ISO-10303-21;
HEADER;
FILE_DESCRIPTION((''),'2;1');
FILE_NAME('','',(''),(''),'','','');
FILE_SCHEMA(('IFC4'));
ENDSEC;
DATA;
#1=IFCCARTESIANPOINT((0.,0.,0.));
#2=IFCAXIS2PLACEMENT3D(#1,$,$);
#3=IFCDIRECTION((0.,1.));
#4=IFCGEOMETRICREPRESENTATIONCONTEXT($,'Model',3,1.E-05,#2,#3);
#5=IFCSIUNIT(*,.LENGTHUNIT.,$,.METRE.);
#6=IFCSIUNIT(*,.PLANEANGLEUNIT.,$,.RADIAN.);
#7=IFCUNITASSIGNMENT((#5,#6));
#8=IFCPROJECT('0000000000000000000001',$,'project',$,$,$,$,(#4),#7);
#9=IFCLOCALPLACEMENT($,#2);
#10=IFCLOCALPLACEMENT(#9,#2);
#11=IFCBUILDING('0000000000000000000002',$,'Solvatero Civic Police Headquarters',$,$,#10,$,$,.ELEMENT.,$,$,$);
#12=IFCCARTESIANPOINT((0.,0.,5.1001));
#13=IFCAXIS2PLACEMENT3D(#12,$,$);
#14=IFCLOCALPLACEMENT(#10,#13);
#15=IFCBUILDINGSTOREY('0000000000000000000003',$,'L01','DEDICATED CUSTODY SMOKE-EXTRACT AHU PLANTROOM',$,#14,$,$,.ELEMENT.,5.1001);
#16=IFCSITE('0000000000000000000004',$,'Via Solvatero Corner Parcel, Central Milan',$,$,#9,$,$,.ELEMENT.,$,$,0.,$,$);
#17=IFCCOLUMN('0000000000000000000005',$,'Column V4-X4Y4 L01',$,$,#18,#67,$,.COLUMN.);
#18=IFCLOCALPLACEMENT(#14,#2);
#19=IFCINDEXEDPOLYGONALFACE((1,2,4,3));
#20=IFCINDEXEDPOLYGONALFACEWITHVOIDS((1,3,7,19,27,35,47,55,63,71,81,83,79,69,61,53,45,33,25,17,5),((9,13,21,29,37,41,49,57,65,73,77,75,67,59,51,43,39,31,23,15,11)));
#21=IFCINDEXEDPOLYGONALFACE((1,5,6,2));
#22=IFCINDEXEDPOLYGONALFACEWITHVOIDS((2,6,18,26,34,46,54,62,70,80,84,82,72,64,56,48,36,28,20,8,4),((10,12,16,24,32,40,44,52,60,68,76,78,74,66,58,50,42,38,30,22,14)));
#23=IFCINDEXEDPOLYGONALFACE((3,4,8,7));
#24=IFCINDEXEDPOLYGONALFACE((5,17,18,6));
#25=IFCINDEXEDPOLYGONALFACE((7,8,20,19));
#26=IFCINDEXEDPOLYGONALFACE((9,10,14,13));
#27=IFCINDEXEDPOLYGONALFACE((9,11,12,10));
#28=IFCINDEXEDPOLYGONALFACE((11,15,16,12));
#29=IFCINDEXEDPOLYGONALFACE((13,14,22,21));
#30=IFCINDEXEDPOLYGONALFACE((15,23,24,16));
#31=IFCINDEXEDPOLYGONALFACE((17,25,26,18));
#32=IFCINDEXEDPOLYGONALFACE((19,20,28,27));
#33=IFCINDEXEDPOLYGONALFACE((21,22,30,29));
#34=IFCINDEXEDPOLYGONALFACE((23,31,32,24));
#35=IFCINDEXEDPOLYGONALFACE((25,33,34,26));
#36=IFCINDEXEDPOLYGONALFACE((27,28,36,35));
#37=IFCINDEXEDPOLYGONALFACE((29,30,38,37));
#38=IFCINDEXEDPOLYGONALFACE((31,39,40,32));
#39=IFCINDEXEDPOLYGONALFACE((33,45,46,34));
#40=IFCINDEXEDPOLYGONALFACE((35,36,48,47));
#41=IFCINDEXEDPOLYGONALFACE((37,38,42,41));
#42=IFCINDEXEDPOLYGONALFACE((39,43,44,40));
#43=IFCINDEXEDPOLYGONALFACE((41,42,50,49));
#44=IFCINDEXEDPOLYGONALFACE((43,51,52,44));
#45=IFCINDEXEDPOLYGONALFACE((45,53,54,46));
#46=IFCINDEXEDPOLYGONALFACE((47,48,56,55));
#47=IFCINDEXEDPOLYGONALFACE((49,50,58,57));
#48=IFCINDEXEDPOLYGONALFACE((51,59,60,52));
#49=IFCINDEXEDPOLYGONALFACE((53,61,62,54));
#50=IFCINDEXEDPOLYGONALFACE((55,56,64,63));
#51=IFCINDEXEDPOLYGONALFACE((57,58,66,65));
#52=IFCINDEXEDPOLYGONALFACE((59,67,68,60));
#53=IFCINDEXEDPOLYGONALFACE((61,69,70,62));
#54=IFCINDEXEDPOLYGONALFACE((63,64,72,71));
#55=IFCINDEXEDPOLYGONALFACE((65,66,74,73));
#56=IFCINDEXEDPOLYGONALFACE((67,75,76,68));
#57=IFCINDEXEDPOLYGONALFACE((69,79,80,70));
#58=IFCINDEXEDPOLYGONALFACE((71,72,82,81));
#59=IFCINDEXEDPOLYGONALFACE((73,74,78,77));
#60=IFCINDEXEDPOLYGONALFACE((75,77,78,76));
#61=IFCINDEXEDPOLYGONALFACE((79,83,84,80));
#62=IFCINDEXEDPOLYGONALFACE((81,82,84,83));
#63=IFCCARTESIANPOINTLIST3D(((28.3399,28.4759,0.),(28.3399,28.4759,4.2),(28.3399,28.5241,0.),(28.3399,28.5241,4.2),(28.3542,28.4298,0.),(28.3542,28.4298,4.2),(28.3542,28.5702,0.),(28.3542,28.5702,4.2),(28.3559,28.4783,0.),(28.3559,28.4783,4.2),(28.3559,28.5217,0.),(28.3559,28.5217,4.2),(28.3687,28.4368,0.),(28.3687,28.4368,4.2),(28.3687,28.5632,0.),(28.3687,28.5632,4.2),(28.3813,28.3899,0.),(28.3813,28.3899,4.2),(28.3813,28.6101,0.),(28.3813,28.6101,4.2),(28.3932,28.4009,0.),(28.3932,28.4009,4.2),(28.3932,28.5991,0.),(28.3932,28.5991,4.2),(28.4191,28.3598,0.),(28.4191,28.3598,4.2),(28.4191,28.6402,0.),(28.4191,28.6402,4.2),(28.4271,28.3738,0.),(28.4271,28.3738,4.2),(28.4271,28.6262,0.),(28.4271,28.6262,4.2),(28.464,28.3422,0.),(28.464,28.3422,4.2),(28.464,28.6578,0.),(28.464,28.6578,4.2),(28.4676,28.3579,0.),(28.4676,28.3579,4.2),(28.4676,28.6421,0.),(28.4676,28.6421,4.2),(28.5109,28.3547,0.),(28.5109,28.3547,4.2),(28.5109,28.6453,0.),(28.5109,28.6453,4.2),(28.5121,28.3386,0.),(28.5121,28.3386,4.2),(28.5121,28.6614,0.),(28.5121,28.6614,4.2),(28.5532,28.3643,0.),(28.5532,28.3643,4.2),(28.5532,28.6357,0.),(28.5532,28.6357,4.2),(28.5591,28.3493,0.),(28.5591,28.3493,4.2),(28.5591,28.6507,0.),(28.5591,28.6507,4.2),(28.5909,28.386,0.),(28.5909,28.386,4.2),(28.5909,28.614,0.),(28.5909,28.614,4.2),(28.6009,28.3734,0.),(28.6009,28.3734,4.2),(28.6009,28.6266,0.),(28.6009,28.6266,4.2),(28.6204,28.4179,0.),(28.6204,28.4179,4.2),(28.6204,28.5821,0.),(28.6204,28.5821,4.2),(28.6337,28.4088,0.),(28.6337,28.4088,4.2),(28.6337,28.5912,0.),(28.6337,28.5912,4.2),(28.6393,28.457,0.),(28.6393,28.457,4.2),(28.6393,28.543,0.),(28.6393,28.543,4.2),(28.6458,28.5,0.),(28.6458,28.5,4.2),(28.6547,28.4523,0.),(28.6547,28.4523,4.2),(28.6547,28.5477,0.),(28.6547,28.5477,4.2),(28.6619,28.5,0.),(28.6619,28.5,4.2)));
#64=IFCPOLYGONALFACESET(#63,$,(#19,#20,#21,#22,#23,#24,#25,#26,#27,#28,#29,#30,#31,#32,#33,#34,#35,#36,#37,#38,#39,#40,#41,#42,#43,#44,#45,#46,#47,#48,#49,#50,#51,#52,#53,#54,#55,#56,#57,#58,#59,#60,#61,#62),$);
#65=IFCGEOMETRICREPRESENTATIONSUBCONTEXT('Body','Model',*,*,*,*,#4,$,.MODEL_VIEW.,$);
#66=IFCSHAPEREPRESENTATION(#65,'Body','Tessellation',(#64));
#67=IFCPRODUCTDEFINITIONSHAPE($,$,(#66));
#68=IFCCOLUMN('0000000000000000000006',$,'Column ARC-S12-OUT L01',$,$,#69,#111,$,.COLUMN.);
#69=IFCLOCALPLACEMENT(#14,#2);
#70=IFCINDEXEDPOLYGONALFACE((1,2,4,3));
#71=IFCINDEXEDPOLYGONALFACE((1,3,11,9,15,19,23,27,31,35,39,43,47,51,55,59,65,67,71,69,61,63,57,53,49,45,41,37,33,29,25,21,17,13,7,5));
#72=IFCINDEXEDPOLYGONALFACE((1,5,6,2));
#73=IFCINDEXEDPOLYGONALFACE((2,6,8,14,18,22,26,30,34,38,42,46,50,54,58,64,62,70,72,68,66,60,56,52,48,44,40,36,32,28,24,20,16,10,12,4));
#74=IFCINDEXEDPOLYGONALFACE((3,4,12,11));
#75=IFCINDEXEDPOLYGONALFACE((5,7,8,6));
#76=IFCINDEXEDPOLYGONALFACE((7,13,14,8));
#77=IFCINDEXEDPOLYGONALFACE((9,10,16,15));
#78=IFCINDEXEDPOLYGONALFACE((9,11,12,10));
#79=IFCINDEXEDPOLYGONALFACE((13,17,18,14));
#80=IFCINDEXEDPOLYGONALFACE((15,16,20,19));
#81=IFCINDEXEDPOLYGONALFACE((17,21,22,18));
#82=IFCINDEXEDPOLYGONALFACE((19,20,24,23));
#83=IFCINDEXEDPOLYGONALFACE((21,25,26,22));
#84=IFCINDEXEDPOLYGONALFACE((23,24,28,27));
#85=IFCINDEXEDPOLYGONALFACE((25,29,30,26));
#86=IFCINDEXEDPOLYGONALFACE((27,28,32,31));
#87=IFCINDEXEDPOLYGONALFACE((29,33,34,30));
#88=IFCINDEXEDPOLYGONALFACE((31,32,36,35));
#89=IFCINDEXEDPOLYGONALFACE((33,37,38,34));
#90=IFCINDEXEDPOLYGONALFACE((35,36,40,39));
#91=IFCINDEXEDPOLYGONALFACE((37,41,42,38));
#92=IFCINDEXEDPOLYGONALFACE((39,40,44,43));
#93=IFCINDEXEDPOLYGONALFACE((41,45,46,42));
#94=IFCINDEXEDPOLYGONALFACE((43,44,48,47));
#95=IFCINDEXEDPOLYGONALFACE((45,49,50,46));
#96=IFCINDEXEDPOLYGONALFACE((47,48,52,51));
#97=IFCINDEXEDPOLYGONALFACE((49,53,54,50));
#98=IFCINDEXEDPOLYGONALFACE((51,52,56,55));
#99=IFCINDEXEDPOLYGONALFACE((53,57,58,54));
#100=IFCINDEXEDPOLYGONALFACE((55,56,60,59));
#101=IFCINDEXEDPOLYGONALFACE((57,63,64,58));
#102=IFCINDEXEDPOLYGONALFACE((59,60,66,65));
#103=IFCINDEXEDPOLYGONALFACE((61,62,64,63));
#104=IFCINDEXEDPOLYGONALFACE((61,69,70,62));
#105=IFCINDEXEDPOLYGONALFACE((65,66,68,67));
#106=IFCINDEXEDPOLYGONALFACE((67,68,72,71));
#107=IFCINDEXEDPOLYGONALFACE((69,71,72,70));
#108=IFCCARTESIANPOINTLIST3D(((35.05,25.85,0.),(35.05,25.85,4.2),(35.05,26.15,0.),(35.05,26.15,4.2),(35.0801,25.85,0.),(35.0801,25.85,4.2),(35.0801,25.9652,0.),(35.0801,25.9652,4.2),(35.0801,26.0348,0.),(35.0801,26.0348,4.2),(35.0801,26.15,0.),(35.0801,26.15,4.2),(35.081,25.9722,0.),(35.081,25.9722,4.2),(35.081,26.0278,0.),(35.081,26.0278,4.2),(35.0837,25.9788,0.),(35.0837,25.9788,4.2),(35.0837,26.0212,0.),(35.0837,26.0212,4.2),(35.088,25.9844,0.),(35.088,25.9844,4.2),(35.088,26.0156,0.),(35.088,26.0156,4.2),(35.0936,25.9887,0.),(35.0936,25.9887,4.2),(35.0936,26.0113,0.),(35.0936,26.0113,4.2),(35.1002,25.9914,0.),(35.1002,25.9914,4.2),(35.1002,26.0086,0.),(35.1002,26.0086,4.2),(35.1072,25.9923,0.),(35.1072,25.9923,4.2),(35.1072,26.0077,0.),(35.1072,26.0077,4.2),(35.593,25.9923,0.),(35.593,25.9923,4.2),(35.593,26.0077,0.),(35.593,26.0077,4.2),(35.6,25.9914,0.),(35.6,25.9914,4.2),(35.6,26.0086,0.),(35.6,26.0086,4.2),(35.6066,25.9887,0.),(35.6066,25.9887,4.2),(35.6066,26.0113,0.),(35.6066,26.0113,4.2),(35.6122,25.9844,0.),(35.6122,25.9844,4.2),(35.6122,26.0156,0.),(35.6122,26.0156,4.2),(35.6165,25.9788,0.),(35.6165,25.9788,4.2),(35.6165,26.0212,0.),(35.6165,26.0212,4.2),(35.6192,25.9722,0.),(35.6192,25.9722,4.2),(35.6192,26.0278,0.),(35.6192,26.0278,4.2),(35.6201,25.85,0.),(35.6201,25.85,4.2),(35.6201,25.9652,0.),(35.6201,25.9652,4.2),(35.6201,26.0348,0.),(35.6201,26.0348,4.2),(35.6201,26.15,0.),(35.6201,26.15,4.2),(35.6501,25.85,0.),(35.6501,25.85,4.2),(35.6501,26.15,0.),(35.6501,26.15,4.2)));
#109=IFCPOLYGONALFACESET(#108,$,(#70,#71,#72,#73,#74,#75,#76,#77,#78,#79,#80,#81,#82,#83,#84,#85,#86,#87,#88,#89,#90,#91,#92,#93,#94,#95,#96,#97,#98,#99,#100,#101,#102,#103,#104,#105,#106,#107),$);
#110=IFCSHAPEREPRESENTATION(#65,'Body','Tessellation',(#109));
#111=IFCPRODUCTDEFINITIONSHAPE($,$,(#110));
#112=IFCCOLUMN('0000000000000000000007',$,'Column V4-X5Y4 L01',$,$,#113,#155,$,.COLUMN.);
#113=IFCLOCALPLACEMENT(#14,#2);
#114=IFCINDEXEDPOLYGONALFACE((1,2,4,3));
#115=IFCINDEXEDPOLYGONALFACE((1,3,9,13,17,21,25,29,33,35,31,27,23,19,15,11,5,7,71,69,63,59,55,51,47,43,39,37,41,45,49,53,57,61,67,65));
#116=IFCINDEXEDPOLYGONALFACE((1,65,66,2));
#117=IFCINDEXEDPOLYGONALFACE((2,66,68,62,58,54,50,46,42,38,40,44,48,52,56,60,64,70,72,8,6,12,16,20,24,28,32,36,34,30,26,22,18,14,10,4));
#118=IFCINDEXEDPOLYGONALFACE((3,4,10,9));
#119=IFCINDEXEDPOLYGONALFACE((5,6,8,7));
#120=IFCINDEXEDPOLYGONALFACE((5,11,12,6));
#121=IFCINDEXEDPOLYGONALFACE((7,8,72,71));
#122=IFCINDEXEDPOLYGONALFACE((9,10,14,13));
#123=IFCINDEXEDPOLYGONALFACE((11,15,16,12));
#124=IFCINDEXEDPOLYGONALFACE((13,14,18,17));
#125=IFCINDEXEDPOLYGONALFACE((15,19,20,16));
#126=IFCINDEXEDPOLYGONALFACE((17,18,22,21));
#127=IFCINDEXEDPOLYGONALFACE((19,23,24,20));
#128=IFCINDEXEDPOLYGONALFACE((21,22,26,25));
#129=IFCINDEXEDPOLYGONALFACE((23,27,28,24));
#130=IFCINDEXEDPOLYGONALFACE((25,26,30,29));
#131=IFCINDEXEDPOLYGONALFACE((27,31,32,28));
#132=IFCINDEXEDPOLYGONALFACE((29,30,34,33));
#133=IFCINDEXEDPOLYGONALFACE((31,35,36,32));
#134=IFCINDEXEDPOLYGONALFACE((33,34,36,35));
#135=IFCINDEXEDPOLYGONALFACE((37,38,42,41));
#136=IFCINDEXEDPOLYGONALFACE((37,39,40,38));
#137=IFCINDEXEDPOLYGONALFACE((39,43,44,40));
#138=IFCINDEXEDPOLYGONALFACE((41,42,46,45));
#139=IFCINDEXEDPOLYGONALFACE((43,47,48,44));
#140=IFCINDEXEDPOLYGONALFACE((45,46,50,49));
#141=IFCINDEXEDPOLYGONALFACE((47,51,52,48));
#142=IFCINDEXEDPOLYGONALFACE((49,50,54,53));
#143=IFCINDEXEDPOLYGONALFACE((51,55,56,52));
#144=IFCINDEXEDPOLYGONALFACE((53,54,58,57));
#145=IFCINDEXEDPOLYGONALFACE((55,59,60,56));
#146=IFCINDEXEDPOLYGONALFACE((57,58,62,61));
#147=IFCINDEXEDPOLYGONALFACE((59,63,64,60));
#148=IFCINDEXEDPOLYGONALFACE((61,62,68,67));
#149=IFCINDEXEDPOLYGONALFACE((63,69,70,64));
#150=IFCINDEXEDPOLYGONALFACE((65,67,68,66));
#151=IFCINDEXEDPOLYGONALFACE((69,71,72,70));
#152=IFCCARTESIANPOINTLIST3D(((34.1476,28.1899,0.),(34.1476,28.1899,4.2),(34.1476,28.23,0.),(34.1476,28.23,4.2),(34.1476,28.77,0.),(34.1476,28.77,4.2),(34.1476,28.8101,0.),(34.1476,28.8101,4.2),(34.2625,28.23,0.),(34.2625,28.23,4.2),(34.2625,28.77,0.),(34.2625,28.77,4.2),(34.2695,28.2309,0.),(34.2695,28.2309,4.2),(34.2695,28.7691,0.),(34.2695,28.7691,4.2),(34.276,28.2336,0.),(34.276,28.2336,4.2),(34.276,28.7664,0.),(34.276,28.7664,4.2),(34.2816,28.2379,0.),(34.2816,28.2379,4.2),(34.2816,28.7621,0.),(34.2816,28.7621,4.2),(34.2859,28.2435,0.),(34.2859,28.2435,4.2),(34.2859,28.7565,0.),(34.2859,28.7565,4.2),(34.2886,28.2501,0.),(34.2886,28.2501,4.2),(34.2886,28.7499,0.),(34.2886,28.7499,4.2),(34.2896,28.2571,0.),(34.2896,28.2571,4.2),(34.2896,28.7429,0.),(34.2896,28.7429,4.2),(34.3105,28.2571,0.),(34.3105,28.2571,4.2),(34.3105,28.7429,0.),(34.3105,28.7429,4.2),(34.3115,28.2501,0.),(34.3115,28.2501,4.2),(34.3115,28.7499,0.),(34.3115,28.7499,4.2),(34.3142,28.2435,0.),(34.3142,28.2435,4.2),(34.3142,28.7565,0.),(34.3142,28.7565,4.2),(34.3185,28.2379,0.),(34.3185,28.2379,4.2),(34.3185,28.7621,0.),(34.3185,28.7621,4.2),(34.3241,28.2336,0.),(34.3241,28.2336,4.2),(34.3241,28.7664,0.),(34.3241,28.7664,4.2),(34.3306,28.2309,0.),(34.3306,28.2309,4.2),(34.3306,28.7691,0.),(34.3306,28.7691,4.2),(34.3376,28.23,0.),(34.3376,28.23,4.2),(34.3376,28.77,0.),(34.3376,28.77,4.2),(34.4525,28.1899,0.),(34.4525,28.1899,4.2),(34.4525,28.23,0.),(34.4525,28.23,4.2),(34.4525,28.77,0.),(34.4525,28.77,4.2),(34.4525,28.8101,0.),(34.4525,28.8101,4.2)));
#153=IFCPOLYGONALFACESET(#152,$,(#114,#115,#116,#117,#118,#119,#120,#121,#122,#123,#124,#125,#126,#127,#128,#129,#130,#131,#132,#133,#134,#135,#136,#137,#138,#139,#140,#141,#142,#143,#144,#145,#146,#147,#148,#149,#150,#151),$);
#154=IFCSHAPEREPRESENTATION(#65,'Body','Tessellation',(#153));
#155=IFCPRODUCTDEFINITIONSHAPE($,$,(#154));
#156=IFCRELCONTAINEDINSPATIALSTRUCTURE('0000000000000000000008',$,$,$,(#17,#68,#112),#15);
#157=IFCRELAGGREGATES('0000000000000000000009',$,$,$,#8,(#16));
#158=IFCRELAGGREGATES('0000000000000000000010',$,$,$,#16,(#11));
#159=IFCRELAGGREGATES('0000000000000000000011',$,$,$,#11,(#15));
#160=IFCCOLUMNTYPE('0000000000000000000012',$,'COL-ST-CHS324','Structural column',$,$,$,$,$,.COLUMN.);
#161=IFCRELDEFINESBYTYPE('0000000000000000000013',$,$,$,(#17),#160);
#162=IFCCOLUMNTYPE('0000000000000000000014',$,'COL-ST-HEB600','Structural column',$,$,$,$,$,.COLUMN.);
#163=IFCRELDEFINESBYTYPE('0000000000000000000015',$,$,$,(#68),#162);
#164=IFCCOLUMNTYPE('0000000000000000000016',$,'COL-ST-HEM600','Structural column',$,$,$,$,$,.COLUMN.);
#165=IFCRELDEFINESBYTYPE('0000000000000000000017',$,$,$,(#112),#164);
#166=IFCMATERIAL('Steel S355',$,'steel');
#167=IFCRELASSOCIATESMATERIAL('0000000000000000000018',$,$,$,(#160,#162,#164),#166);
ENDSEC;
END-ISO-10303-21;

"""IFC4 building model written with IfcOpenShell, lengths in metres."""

from ifc_helpers import new_model, si_unit, direction, frame, origin, origin_2d, place, context, subcontext, project, spatial, hollow_circle, i_section, extrude, material, material_profile, profile_set, type_object, element, save


model = new_model("IFC4")

# Units and contexts
model_context = context("Model", 3, precision=1e-05, world=origin(), true_north=direction((0.0, 1.0)))
body_context = subcontext(model_context, "Body", "Model", "MODEL_VIEW")
ifc_project = project(units=[si_unit("LENGTHUNIT", "METRE"), si_unit("PLANEANGLEUNIT", "RADIAN")], contexts=[model_context])

# Site, building, storey
site_placement = place(None, origin())
site = spatial("IfcSite", under=ifc_project, at=site_placement, Name="Via Solvatero Corner Parcel, Central Milan", CompositionType="ELEMENT", RefElevation=0.0)
building_placement = place(site_placement, origin())
building = spatial("IfcBuilding", under=site, at=building_placement, Name="Solvatero Civic Police Headquarters", CompositionType="ELEMENT")
storey_placement = place(building_placement, frame((0.0, 0.0, 5.1001)))
storey = spatial("IfcBuildingStorey", under=building, at=storey_placement, Name="L01", Description="DEDICATED CUSTODY SMOKE-EXTRACT AHU PLANTROOM", CompositionType="ELEMENT", Elevation=5.1001)

# Columns
ifc_material_1 = material(Name="Steel S355", Category="steel")
ifc_material_profile_1 = material_profile(ifc_material_1, hollow_circle(Radius=0.1619, WallThickness=0.0161, at=origin_2d()), Name="CHS 323.9x16.0")
ifc_profile_set_1 = profile_set([ifc_material_profile_1], Name="Steel S355")
column_type_1 = type_object("IfcColumnType", Name="COL-ST-CHS324", Description="Structural column", PredefinedType="COLUMN", material=ifc_profile_set_1)
column_1_placement = place(storey_placement, frame((28.5, 28.5, 0.0), z_axis=(0.0, 0.0, 1.0), x_axis=(1.0, 0.0, 0.0)))
element("IfcColumn", 1, at=column_1_placement, inside=storey, type_object=column_type_1, Name="Column V4-X4Y4 L01", PredefinedType="COLUMN", context=body_context, shape_type="SweptSolid", body=[
    extrude(hollow_circle(Radius=0.1619, WallThickness=0.0161, at=origin_2d()), origin(), (0.0, 0.0, 1.0), 4.2),
])
ifc_material_profile_2 = material_profile(ifc_material_1, i_section(OverallWidth=0.3, OverallDepth=0.6001, WebThickness=0.0154, FlangeThickness=0.03, FilletRadius=0.0271, at=origin_2d()), Name="HEB 600")
ifc_profile_set_2 = profile_set([ifc_material_profile_2], Name="Steel S355")
column_type_2 = type_object("IfcColumnType", Name="COL-ST-HEB600", Description="Structural column", PredefinedType="COLUMN", material=ifc_profile_set_2)
column_2_placement = place(storey_placement, frame((35.3501, 26.0, 0.0), z_axis=(0.0, 0.0, 1.0), x_axis=(0.0, 1.0, 0.0)))
element("IfcColumn", 2, at=column_2_placement, inside=storey, type_object=column_type_2, Name="Column ARC-S12-OUT L01", PredefinedType="COLUMN", context=body_context, shape_type="SweptSolid", body=[
    extrude(i_section(OverallWidth=0.3, OverallDepth=0.6001, WebThickness=0.0154, FlangeThickness=0.03, FilletRadius=0.0271, at=origin_2d()), origin(), (0.0, 0.0, 1.0), 4.2),
])
ifc_material_profile_3 = material_profile(ifc_material_1, i_section(OverallWidth=0.3049, OverallDepth=0.6201, WebThickness=0.021, FlangeThickness=0.04, FilletRadius=0.0271, at=origin_2d()), Name="HEM 600")
ifc_profile_set_3 = profile_set([ifc_material_profile_3], Name="Steel S355")
column_type_3 = type_object("IfcColumnType", Name="COL-ST-HEM600", Description="Structural column", PredefinedType="COLUMN", material=ifc_profile_set_3)
column_3_placement = place(storey_placement, frame((34.3, 28.5, 0.0), z_axis=(0.0, 0.0, 1.0), x_axis=(1.0, 0.0, 0.0)))
element("IfcColumn", 3, at=column_3_placement, inside=storey, type_object=column_type_3, Name="Column V4-X5Y4 L01", PredefinedType="COLUMN", context=body_context, shape_type="SweptSolid", body=[
    extrude(i_section(OverallWidth=0.3049, OverallDepth=0.6201, WebThickness=0.021, FlangeThickness=0.04, FilletRadius=0.0271, at=origin_2d()), origin(), (0.0, 0.0, 1.0), 4.2),
])

save(model, "model.ifc")
